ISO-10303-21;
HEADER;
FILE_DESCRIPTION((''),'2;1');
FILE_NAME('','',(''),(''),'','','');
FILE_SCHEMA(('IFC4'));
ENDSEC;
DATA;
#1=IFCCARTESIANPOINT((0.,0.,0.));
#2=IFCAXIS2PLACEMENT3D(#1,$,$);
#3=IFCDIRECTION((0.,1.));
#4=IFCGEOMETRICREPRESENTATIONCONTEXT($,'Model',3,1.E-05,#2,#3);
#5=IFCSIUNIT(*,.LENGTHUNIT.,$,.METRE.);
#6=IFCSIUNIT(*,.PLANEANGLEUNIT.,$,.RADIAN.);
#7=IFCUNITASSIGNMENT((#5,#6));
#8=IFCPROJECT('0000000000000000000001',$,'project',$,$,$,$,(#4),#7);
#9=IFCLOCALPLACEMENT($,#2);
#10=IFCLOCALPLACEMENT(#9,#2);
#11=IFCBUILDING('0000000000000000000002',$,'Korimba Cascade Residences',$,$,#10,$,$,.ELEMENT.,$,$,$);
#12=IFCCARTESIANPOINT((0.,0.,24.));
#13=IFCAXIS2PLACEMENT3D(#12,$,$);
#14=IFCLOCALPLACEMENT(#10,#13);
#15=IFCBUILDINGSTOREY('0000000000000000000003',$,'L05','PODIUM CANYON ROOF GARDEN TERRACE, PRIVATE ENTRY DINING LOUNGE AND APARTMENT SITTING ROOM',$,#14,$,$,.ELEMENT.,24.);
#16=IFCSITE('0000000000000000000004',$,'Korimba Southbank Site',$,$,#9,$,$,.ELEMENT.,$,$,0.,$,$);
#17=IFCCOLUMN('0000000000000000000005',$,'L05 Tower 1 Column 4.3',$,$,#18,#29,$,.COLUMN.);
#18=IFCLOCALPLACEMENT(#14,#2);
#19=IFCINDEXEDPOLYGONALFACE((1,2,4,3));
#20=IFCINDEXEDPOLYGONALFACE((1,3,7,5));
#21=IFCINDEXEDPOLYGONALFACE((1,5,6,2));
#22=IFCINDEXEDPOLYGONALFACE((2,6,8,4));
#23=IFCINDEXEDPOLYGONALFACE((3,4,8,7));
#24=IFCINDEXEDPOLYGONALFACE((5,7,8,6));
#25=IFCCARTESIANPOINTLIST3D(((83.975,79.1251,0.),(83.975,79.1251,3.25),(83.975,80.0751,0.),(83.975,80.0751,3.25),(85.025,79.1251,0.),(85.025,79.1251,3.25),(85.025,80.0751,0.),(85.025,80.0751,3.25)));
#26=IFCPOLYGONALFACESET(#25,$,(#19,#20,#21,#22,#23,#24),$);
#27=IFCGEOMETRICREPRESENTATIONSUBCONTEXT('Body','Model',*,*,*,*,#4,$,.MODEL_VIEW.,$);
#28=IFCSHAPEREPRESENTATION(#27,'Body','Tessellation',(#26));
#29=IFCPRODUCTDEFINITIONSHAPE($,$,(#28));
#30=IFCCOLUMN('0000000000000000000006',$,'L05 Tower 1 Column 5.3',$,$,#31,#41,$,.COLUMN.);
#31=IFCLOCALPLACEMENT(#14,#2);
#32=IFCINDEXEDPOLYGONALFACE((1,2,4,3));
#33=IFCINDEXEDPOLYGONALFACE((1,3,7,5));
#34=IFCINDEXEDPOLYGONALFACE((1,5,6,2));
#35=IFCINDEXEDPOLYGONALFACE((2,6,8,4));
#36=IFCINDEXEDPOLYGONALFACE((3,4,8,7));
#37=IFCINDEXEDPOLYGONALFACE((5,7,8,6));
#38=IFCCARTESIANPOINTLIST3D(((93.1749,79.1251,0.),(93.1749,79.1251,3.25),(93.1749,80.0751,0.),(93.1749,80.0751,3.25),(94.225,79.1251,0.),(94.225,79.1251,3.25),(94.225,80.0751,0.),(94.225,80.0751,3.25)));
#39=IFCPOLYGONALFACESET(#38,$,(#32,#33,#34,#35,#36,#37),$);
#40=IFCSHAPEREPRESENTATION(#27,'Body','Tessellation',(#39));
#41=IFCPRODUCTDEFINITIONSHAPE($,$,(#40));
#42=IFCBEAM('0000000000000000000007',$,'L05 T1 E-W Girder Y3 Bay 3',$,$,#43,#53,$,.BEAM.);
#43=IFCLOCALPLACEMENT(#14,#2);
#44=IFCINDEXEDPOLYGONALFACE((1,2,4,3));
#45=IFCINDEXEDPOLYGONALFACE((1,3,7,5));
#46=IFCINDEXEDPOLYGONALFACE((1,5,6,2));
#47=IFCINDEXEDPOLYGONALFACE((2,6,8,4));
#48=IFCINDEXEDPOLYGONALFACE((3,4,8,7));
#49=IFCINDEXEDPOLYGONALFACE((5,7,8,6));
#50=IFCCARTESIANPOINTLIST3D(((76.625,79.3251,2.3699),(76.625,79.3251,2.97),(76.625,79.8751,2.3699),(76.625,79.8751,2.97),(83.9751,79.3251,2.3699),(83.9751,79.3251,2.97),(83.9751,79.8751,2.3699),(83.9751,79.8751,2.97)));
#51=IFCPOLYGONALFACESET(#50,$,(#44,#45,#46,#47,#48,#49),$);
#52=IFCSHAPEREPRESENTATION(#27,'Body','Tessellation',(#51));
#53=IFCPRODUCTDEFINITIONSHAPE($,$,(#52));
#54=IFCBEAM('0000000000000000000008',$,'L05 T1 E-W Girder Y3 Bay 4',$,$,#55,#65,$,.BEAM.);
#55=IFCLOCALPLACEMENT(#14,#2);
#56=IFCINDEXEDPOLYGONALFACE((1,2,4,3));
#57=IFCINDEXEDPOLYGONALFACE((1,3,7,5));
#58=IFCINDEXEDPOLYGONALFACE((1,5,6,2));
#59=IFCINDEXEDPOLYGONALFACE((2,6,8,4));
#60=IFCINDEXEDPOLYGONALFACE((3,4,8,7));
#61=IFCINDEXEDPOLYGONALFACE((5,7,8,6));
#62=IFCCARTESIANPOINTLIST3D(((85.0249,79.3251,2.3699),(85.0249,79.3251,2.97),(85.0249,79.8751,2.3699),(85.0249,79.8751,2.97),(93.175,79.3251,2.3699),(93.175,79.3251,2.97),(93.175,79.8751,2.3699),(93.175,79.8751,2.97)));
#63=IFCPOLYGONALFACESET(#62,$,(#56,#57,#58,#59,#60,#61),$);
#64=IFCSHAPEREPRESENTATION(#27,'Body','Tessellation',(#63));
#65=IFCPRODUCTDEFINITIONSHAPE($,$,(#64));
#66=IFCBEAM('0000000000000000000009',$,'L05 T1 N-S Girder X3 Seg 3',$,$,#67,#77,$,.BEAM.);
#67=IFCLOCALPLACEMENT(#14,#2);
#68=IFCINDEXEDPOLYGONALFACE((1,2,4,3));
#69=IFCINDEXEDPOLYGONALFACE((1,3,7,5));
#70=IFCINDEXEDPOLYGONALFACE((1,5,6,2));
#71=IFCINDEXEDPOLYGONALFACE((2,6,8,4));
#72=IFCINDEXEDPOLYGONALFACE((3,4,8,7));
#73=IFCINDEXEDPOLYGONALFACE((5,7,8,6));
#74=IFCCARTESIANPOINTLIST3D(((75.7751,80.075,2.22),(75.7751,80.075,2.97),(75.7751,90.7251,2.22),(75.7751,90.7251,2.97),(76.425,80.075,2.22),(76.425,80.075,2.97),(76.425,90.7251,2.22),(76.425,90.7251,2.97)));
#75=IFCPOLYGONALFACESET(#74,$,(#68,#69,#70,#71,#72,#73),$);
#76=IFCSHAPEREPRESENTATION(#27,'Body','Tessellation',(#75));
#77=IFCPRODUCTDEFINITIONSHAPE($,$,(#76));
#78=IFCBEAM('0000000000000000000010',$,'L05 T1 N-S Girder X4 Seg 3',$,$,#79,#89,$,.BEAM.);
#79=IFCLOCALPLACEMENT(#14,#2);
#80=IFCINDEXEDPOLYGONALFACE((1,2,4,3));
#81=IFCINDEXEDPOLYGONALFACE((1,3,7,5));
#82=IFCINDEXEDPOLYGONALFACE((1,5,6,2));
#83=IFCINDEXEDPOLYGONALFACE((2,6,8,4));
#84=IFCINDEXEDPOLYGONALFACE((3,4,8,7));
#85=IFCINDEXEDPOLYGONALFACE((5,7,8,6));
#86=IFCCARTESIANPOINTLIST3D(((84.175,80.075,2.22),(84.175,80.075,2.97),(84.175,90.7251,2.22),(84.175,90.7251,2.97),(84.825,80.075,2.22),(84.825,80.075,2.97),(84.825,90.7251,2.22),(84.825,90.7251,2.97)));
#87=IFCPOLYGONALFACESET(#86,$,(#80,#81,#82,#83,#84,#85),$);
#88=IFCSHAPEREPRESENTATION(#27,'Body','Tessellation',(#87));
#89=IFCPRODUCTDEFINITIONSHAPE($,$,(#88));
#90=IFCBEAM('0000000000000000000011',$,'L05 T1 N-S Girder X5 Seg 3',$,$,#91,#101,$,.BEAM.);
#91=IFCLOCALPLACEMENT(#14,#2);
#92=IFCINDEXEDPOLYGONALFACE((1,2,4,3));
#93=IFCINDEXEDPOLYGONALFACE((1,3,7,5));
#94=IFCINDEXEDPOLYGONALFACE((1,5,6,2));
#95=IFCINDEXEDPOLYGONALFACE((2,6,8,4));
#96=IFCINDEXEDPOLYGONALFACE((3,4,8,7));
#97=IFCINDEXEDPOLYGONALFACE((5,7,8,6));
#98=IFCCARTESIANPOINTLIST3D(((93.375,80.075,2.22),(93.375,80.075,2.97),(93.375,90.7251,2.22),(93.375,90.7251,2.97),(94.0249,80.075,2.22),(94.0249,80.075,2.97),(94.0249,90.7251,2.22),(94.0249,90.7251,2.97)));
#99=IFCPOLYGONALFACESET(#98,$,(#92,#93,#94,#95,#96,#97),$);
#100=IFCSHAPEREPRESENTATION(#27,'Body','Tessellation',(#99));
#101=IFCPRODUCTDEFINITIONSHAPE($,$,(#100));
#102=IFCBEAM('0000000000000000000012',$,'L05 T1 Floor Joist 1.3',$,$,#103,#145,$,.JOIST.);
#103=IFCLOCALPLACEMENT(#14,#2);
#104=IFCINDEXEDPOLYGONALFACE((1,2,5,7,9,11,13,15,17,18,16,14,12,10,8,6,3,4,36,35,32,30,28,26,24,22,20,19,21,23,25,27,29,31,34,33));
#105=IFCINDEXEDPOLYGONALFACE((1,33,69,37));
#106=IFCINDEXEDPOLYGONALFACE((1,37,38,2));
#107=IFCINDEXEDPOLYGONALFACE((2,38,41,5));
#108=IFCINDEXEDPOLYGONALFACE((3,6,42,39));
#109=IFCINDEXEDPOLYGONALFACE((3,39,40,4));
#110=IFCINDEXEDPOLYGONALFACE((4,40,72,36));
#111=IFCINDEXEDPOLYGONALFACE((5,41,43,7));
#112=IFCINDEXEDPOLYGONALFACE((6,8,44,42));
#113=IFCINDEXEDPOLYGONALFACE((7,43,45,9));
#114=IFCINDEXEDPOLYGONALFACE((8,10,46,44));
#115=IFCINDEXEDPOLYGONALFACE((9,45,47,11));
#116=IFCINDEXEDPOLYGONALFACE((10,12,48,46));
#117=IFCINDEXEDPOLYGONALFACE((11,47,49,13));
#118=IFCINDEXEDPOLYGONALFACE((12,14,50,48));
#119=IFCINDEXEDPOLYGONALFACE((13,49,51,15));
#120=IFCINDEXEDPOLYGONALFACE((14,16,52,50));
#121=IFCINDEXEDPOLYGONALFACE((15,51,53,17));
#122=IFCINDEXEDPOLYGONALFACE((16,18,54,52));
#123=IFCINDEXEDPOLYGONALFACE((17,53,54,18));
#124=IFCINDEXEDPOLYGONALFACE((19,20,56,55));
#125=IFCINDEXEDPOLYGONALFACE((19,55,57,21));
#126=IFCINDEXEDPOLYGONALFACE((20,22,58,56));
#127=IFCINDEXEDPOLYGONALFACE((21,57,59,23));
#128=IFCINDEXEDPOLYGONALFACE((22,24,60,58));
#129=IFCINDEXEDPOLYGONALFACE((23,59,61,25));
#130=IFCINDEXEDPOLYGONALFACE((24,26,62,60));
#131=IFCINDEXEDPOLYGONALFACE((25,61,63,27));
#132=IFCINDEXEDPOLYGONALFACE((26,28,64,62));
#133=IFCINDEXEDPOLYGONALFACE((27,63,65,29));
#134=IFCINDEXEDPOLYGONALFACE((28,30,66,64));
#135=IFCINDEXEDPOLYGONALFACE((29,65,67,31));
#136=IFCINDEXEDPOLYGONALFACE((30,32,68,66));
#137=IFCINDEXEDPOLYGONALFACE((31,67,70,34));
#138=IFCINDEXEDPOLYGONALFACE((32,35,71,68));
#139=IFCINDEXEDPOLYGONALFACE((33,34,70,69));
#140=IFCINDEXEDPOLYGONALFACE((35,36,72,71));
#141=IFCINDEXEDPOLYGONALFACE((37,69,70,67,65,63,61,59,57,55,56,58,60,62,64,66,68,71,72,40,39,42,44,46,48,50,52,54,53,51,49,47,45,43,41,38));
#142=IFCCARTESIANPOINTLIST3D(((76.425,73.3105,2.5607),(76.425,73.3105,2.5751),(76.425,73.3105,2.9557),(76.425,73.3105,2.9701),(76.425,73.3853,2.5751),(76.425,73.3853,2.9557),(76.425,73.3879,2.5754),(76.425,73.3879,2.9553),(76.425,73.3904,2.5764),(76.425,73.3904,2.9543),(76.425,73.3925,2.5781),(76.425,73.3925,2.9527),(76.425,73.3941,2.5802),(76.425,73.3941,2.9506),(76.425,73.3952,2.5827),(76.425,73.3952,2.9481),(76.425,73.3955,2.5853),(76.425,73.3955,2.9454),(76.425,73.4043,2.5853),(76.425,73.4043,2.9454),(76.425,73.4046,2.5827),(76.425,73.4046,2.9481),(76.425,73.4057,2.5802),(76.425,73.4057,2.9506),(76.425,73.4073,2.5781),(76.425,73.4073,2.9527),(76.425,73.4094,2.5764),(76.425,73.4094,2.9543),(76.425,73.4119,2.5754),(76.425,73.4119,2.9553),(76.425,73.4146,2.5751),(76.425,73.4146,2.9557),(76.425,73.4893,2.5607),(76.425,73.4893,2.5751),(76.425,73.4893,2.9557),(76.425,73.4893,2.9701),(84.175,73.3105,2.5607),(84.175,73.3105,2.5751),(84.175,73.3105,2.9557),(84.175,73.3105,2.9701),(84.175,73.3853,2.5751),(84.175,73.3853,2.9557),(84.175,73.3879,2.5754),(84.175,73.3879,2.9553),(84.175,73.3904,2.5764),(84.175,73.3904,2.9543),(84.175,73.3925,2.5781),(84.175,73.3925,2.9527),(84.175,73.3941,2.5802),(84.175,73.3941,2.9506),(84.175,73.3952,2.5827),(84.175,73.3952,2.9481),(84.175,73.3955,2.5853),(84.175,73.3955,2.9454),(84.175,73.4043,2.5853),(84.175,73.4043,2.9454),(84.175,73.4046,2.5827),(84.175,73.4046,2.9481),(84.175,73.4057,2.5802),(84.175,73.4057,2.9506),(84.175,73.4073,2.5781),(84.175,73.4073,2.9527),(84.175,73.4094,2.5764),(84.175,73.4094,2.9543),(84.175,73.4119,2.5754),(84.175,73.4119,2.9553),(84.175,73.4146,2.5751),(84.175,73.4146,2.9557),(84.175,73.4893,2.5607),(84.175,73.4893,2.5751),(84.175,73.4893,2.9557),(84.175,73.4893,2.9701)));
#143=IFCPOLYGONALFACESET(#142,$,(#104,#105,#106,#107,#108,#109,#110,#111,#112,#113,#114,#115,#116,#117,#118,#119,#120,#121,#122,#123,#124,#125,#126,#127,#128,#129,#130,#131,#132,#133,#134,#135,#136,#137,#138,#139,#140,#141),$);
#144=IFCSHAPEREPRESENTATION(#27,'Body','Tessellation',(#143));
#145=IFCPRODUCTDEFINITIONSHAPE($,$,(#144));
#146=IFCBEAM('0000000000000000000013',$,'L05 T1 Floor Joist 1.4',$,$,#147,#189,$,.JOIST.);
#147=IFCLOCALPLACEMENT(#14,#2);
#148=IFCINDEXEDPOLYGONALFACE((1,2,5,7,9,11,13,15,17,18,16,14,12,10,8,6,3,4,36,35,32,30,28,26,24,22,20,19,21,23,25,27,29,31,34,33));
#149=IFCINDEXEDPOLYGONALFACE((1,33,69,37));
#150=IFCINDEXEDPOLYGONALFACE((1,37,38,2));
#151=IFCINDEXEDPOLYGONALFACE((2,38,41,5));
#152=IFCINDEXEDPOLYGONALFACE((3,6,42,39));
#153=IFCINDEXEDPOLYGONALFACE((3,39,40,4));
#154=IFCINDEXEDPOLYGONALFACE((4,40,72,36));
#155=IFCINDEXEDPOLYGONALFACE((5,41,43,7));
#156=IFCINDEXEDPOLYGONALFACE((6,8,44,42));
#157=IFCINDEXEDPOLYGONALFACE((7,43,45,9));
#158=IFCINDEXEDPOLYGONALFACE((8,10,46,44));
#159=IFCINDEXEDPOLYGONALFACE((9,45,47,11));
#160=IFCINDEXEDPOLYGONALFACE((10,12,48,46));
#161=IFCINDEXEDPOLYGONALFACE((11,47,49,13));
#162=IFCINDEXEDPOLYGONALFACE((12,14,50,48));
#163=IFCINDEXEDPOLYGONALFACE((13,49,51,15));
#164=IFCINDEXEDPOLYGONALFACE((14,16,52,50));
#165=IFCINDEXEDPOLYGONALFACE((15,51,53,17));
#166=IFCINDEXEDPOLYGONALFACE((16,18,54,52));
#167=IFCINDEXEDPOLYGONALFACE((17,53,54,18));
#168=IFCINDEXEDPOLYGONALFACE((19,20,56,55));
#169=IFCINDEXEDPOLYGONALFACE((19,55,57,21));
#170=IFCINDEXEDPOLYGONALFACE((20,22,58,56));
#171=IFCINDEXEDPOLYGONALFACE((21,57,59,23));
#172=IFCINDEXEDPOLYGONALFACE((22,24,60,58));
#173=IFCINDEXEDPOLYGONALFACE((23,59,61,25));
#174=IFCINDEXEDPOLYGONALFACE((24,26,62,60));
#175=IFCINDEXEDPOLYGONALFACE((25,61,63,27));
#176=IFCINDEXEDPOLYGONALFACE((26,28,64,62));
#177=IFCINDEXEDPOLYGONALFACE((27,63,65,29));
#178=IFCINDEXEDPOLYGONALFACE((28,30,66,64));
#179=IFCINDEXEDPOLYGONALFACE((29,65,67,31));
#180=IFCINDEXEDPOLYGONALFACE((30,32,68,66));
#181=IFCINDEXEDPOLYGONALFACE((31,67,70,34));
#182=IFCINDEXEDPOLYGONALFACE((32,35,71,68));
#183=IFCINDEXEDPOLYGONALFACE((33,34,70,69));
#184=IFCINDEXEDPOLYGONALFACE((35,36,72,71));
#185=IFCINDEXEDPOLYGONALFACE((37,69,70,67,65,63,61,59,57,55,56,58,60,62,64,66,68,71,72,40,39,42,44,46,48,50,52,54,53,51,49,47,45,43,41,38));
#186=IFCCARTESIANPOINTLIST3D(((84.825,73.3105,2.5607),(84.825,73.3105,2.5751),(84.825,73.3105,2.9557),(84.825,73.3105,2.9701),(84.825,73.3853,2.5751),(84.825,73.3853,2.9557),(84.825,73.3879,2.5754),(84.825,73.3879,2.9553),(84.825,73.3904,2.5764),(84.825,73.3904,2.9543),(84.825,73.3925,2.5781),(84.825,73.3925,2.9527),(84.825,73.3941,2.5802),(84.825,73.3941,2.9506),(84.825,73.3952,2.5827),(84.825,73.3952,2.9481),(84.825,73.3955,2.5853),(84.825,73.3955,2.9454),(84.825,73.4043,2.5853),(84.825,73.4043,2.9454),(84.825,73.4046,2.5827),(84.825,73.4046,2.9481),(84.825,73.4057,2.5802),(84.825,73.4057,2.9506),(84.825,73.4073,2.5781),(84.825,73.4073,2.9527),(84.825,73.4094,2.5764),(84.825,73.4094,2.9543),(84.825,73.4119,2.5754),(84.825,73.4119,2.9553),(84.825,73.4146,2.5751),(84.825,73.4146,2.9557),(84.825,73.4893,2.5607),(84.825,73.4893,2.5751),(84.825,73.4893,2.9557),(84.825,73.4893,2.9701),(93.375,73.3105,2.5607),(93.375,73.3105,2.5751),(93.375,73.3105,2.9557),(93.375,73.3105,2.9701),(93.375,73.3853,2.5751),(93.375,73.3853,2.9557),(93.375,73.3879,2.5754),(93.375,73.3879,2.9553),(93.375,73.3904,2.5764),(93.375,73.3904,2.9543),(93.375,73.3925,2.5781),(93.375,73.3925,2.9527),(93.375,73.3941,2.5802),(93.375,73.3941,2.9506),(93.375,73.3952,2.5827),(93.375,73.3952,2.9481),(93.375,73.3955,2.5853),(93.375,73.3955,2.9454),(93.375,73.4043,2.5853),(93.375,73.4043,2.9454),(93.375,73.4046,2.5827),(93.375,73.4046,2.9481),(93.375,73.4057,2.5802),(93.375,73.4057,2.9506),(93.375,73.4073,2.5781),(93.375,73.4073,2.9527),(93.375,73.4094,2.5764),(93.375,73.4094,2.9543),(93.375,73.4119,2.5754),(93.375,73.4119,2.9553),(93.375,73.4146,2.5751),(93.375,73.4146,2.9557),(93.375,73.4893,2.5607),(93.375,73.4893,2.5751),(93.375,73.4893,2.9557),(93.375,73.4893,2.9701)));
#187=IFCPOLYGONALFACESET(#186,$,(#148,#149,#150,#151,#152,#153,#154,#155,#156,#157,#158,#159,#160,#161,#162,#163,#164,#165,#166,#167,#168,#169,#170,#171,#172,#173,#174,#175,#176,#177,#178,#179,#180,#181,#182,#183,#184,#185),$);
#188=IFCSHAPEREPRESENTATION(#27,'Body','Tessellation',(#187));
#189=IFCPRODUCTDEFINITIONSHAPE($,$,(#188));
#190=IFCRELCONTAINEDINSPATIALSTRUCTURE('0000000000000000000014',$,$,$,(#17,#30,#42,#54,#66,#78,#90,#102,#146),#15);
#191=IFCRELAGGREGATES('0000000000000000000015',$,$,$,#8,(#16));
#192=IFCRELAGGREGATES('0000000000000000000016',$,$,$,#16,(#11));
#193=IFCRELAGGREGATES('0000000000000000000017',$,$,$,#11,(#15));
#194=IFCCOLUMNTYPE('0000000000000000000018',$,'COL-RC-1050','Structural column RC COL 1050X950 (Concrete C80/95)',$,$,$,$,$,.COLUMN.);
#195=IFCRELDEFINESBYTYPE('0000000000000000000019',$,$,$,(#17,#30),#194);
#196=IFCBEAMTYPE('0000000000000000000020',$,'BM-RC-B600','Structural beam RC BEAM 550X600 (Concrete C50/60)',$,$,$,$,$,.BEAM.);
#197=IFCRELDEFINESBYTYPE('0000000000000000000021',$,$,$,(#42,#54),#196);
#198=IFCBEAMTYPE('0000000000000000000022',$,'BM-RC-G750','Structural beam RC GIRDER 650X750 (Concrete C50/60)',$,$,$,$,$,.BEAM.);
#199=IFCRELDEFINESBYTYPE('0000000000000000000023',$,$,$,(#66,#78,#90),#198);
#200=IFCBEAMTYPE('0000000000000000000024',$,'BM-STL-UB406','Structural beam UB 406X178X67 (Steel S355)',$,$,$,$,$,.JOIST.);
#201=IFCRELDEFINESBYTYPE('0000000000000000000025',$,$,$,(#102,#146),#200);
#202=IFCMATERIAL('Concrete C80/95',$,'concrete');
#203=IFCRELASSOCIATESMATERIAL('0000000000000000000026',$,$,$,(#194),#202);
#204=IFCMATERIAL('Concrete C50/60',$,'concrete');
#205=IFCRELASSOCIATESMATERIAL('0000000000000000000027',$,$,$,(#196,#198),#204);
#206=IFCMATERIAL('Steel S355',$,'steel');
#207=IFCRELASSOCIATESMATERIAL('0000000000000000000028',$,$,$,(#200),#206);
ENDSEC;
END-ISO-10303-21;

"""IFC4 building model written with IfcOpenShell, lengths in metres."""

from ifc_helpers import new_model, si_unit, direction, frame, origin, origin_2d, place, context, subcontext, project, spatial, rectangle, i_section, extrude, material, material_profile, profile_set, type_object, element, save


model = new_model("IFC4")

# Units and contexts
model_context = context("Model", 3, precision=1e-05, world=origin(), true_north=direction((0.0, 1.0)))
body_context = subcontext(model_context, "Body", "Model", "MODEL_VIEW")
ifc_project = project(units=[si_unit("LENGTHUNIT", "METRE"), si_unit("PLANEANGLEUNIT", "RADIAN")], contexts=[model_context])

# Site, building, storey
site_placement = place(None, origin())
site = spatial("IfcSite", under=ifc_project, at=site_placement, Name="Korimba Southbank Site", CompositionType="ELEMENT", RefElevation=0.0)
building_placement = place(site_placement, origin())
building = spatial("IfcBuilding", under=site, at=building_placement, Name="Korimba Cascade Residences", CompositionType="ELEMENT")
storey_placement = place(building_placement, frame((0.0, 0.0, 24.0)))
storey = spatial("IfcBuildingStorey", under=building, at=storey_placement, Name="L05", Description="PODIUM CANYON ROOF GARDEN TERRACE, PRIVATE ENTRY DINING LOUNGE AND APARTMENT SITTING ROOM", CompositionType="ELEMENT", Elevation=24.0)

# Columns
ifc_material_1 = material(Name="Concrete C80/95", Category="concrete")
ifc_material_profile_1 = material_profile(ifc_material_1, rectangle(XDim=1.05, YDim=0.95, at=origin_2d()), Name="Concrete C80/95")
ifc_profile_set_1 = profile_set([ifc_material_profile_1], Name="Concrete C80/95")
column_type = type_object("IfcColumnType", Name="COL-RC-1050", Description="Structural column RC COL 1050X950 (Concrete C80/95)", PredefinedType="COLUMN", material=ifc_profile_set_1)
for number, where, z_axis, x_axis, name in (
    (1, (84.5, 79.6001, 0.0), (0.0, 0.0, 1.0), (1.0, 0.0, 0.0), "L05 Tower 1 Column 4.3"),
    (2, (93.7, 79.6001, 0.0), (0.0, 0.0, 1.0), (1.0, 0.0, 0.0), "L05 Tower 1 Column 5.3"),
):
    element("IfcColumn", number, at=place(storey_placement, frame(where, z_axis=z_axis, x_axis=x_axis)), inside=storey, type_object=column_type, Name=name, PredefinedType="COLUMN", context=body_context, shape_type="SweptSolid", body=[
        extrude(rectangle(XDim=1.05, YDim=0.95, at=origin_2d()), origin(), (0.0, 0.0, 1.0), 3.25),
    ])

# Beams
ifc_material_2 = material(Name="Concrete C50/60", Category="concrete")
ifc_material_profile_2 = material_profile(ifc_material_2, rectangle(XDim=0.55, YDim=0.6001, at=origin_2d()), Name="Concrete C50/60")
ifc_profile_set_2 = profile_set([ifc_material_profile_2], Name="Concrete C50/60")
beam_type_1 = type_object("IfcBeamType", Name="BM-RC-B600", Description="Structural beam RC BEAM 550X600 (Concrete C50/60)", PredefinedType="BEAM", material=ifc_profile_set_2)
beam_1_placement = place(storey_placement, frame((76.625, 79.6001, 2.6699), z_axis=(1.0, 0.0, 0.0), x_axis=(0.0, 1.0, 0.0)))
element("IfcBeam", 3, at=beam_1_placement, inside=storey, type_object=beam_type_1, Name="L05 T1 E-W Girder Y3 Bay 3", PredefinedType="BEAM", context=body_context, shape_type="SweptSolid", body=[
    extrude(rectangle(XDim=0.55, YDim=0.6001, at=origin_2d()), origin(), (0.0, 0.0, 1.0), 7.3501),
])
beam_2_placement = place(storey_placement, frame((85.0249, 79.6001, 2.6699), z_axis=(1.0, 0.0, 0.0), x_axis=(0.0, 1.0, 0.0)))
element("IfcBeam", 4, at=beam_2_placement, inside=storey, type_object=beam_type_1, Name="L05 T1 E-W Girder Y3 Bay 4", PredefinedType="BEAM", context=body_context, shape_type="SweptSolid", body=[
    extrude(rectangle(XDim=0.55, YDim=0.6001, at=origin_2d()), origin(), (0.0, 0.0, 1.0), 8.1501),
])
ifc_material_profile_3 = material_profile(ifc_material_2, rectangle(XDim=0.6499, YDim=0.75, at=origin_2d()), Name="Concrete C50/60")
ifc_profile_set_3 = profile_set([ifc_material_profile_3], Name="Concrete C50/60")
beam_type_2 = type_object("IfcBeamType", Name="BM-RC-G750", Description="Structural beam RC GIRDER 650X750 (Concrete C50/60)", PredefinedType="BEAM", material=ifc_profile_set_3)
for number, where, z_axis, x_axis, name in (
    (5, (76.1001, 80.075, 2.595), (0.0, 1.0, 0.0), (-1.0, 0.0, 0.0), "L05 T1 N-S Girder X3 Seg 3"),
    (6, (84.5, 80.075, 2.595), (0.0, 1.0, 0.0), (-1.0, 0.0, 0.0), "L05 T1 N-S Girder X4 Seg 3"),
    (7, (93.7, 80.075, 2.595), (0.0, 1.0, 0.0), (-1.0, 0.0, 0.0), "L05 T1 N-S Girder X5 Seg 3"),
):
    element("IfcBeam", number, at=place(storey_placement, frame(where, z_axis=z_axis, x_axis=x_axis)), inside=storey, type_object=beam_type_2, Name=name, PredefinedType="BEAM", context=body_context, shape_type="SweptSolid", body=[
        extrude(rectangle(XDim=0.6499, YDim=0.75, at=origin_2d()), origin(), (0.0, 0.0, 1.0), 10.6501),
    ])
ifc_material_3 = material(Name="Steel S355", Category="steel")
ifc_material_profile_4 = material_profile(ifc_material_3, i_section(OverallWidth=0.1787, OverallDepth=0.4094, WebThickness=0.0088, FlangeThickness=0.0144, FilletRadius=0.0103, at=origin_2d()), Name="Steel S355")
ifc_profile_set_4 = profile_set([ifc_material_profile_4], Name="Steel S355")
beam_type_3 = type_object("IfcBeamType", Name="BM-STL-UB406", Description="Structural beam UB 406X178X67 (Steel S355)", PredefinedType="JOIST", material=ifc_profile_set_4)
beam_3_placement = place(storey_placement, frame((76.425, 73.3999, 2.7654), z_axis=(1.0, 0.0, 0.0), x_axis=(0.0, 1.0, 0.0)))
element("IfcBeam", 8, at=beam_3_placement, inside=storey, type_object=beam_type_3, Name="L05 T1 Floor Joist 1.3", PredefinedType="JOIST", context=body_context, shape_type="SweptSolid", body=[
    extrude(i_section(OverallWidth=0.1787, OverallDepth=0.4094, WebThickness=0.0088, FlangeThickness=0.0144, FilletRadius=0.0103, at=origin_2d()), origin(), (0.0, 0.0, 1.0), 7.75),
])
beam_4_placement = place(storey_placement, frame((84.825, 73.3999, 2.7654), z_axis=(1.0, 0.0, 0.0), x_axis=(0.0, 1.0, 0.0)))
element("IfcBeam", 9, at=beam_4_placement, inside=storey, type_object=beam_type_3, Name="L05 T1 Floor Joist 1.4", PredefinedType="JOIST", context=body_context, shape_type="SweptSolid", body=[
    extrude(i_section(OverallWidth=0.1787, OverallDepth=0.4094, WebThickness=0.0088, FlangeThickness=0.0144, FilletRadius=0.0103, at=origin_2d()), origin(), (0.0, 0.0, 1.0), 8.55),
])

save(model, "model.ifc")
